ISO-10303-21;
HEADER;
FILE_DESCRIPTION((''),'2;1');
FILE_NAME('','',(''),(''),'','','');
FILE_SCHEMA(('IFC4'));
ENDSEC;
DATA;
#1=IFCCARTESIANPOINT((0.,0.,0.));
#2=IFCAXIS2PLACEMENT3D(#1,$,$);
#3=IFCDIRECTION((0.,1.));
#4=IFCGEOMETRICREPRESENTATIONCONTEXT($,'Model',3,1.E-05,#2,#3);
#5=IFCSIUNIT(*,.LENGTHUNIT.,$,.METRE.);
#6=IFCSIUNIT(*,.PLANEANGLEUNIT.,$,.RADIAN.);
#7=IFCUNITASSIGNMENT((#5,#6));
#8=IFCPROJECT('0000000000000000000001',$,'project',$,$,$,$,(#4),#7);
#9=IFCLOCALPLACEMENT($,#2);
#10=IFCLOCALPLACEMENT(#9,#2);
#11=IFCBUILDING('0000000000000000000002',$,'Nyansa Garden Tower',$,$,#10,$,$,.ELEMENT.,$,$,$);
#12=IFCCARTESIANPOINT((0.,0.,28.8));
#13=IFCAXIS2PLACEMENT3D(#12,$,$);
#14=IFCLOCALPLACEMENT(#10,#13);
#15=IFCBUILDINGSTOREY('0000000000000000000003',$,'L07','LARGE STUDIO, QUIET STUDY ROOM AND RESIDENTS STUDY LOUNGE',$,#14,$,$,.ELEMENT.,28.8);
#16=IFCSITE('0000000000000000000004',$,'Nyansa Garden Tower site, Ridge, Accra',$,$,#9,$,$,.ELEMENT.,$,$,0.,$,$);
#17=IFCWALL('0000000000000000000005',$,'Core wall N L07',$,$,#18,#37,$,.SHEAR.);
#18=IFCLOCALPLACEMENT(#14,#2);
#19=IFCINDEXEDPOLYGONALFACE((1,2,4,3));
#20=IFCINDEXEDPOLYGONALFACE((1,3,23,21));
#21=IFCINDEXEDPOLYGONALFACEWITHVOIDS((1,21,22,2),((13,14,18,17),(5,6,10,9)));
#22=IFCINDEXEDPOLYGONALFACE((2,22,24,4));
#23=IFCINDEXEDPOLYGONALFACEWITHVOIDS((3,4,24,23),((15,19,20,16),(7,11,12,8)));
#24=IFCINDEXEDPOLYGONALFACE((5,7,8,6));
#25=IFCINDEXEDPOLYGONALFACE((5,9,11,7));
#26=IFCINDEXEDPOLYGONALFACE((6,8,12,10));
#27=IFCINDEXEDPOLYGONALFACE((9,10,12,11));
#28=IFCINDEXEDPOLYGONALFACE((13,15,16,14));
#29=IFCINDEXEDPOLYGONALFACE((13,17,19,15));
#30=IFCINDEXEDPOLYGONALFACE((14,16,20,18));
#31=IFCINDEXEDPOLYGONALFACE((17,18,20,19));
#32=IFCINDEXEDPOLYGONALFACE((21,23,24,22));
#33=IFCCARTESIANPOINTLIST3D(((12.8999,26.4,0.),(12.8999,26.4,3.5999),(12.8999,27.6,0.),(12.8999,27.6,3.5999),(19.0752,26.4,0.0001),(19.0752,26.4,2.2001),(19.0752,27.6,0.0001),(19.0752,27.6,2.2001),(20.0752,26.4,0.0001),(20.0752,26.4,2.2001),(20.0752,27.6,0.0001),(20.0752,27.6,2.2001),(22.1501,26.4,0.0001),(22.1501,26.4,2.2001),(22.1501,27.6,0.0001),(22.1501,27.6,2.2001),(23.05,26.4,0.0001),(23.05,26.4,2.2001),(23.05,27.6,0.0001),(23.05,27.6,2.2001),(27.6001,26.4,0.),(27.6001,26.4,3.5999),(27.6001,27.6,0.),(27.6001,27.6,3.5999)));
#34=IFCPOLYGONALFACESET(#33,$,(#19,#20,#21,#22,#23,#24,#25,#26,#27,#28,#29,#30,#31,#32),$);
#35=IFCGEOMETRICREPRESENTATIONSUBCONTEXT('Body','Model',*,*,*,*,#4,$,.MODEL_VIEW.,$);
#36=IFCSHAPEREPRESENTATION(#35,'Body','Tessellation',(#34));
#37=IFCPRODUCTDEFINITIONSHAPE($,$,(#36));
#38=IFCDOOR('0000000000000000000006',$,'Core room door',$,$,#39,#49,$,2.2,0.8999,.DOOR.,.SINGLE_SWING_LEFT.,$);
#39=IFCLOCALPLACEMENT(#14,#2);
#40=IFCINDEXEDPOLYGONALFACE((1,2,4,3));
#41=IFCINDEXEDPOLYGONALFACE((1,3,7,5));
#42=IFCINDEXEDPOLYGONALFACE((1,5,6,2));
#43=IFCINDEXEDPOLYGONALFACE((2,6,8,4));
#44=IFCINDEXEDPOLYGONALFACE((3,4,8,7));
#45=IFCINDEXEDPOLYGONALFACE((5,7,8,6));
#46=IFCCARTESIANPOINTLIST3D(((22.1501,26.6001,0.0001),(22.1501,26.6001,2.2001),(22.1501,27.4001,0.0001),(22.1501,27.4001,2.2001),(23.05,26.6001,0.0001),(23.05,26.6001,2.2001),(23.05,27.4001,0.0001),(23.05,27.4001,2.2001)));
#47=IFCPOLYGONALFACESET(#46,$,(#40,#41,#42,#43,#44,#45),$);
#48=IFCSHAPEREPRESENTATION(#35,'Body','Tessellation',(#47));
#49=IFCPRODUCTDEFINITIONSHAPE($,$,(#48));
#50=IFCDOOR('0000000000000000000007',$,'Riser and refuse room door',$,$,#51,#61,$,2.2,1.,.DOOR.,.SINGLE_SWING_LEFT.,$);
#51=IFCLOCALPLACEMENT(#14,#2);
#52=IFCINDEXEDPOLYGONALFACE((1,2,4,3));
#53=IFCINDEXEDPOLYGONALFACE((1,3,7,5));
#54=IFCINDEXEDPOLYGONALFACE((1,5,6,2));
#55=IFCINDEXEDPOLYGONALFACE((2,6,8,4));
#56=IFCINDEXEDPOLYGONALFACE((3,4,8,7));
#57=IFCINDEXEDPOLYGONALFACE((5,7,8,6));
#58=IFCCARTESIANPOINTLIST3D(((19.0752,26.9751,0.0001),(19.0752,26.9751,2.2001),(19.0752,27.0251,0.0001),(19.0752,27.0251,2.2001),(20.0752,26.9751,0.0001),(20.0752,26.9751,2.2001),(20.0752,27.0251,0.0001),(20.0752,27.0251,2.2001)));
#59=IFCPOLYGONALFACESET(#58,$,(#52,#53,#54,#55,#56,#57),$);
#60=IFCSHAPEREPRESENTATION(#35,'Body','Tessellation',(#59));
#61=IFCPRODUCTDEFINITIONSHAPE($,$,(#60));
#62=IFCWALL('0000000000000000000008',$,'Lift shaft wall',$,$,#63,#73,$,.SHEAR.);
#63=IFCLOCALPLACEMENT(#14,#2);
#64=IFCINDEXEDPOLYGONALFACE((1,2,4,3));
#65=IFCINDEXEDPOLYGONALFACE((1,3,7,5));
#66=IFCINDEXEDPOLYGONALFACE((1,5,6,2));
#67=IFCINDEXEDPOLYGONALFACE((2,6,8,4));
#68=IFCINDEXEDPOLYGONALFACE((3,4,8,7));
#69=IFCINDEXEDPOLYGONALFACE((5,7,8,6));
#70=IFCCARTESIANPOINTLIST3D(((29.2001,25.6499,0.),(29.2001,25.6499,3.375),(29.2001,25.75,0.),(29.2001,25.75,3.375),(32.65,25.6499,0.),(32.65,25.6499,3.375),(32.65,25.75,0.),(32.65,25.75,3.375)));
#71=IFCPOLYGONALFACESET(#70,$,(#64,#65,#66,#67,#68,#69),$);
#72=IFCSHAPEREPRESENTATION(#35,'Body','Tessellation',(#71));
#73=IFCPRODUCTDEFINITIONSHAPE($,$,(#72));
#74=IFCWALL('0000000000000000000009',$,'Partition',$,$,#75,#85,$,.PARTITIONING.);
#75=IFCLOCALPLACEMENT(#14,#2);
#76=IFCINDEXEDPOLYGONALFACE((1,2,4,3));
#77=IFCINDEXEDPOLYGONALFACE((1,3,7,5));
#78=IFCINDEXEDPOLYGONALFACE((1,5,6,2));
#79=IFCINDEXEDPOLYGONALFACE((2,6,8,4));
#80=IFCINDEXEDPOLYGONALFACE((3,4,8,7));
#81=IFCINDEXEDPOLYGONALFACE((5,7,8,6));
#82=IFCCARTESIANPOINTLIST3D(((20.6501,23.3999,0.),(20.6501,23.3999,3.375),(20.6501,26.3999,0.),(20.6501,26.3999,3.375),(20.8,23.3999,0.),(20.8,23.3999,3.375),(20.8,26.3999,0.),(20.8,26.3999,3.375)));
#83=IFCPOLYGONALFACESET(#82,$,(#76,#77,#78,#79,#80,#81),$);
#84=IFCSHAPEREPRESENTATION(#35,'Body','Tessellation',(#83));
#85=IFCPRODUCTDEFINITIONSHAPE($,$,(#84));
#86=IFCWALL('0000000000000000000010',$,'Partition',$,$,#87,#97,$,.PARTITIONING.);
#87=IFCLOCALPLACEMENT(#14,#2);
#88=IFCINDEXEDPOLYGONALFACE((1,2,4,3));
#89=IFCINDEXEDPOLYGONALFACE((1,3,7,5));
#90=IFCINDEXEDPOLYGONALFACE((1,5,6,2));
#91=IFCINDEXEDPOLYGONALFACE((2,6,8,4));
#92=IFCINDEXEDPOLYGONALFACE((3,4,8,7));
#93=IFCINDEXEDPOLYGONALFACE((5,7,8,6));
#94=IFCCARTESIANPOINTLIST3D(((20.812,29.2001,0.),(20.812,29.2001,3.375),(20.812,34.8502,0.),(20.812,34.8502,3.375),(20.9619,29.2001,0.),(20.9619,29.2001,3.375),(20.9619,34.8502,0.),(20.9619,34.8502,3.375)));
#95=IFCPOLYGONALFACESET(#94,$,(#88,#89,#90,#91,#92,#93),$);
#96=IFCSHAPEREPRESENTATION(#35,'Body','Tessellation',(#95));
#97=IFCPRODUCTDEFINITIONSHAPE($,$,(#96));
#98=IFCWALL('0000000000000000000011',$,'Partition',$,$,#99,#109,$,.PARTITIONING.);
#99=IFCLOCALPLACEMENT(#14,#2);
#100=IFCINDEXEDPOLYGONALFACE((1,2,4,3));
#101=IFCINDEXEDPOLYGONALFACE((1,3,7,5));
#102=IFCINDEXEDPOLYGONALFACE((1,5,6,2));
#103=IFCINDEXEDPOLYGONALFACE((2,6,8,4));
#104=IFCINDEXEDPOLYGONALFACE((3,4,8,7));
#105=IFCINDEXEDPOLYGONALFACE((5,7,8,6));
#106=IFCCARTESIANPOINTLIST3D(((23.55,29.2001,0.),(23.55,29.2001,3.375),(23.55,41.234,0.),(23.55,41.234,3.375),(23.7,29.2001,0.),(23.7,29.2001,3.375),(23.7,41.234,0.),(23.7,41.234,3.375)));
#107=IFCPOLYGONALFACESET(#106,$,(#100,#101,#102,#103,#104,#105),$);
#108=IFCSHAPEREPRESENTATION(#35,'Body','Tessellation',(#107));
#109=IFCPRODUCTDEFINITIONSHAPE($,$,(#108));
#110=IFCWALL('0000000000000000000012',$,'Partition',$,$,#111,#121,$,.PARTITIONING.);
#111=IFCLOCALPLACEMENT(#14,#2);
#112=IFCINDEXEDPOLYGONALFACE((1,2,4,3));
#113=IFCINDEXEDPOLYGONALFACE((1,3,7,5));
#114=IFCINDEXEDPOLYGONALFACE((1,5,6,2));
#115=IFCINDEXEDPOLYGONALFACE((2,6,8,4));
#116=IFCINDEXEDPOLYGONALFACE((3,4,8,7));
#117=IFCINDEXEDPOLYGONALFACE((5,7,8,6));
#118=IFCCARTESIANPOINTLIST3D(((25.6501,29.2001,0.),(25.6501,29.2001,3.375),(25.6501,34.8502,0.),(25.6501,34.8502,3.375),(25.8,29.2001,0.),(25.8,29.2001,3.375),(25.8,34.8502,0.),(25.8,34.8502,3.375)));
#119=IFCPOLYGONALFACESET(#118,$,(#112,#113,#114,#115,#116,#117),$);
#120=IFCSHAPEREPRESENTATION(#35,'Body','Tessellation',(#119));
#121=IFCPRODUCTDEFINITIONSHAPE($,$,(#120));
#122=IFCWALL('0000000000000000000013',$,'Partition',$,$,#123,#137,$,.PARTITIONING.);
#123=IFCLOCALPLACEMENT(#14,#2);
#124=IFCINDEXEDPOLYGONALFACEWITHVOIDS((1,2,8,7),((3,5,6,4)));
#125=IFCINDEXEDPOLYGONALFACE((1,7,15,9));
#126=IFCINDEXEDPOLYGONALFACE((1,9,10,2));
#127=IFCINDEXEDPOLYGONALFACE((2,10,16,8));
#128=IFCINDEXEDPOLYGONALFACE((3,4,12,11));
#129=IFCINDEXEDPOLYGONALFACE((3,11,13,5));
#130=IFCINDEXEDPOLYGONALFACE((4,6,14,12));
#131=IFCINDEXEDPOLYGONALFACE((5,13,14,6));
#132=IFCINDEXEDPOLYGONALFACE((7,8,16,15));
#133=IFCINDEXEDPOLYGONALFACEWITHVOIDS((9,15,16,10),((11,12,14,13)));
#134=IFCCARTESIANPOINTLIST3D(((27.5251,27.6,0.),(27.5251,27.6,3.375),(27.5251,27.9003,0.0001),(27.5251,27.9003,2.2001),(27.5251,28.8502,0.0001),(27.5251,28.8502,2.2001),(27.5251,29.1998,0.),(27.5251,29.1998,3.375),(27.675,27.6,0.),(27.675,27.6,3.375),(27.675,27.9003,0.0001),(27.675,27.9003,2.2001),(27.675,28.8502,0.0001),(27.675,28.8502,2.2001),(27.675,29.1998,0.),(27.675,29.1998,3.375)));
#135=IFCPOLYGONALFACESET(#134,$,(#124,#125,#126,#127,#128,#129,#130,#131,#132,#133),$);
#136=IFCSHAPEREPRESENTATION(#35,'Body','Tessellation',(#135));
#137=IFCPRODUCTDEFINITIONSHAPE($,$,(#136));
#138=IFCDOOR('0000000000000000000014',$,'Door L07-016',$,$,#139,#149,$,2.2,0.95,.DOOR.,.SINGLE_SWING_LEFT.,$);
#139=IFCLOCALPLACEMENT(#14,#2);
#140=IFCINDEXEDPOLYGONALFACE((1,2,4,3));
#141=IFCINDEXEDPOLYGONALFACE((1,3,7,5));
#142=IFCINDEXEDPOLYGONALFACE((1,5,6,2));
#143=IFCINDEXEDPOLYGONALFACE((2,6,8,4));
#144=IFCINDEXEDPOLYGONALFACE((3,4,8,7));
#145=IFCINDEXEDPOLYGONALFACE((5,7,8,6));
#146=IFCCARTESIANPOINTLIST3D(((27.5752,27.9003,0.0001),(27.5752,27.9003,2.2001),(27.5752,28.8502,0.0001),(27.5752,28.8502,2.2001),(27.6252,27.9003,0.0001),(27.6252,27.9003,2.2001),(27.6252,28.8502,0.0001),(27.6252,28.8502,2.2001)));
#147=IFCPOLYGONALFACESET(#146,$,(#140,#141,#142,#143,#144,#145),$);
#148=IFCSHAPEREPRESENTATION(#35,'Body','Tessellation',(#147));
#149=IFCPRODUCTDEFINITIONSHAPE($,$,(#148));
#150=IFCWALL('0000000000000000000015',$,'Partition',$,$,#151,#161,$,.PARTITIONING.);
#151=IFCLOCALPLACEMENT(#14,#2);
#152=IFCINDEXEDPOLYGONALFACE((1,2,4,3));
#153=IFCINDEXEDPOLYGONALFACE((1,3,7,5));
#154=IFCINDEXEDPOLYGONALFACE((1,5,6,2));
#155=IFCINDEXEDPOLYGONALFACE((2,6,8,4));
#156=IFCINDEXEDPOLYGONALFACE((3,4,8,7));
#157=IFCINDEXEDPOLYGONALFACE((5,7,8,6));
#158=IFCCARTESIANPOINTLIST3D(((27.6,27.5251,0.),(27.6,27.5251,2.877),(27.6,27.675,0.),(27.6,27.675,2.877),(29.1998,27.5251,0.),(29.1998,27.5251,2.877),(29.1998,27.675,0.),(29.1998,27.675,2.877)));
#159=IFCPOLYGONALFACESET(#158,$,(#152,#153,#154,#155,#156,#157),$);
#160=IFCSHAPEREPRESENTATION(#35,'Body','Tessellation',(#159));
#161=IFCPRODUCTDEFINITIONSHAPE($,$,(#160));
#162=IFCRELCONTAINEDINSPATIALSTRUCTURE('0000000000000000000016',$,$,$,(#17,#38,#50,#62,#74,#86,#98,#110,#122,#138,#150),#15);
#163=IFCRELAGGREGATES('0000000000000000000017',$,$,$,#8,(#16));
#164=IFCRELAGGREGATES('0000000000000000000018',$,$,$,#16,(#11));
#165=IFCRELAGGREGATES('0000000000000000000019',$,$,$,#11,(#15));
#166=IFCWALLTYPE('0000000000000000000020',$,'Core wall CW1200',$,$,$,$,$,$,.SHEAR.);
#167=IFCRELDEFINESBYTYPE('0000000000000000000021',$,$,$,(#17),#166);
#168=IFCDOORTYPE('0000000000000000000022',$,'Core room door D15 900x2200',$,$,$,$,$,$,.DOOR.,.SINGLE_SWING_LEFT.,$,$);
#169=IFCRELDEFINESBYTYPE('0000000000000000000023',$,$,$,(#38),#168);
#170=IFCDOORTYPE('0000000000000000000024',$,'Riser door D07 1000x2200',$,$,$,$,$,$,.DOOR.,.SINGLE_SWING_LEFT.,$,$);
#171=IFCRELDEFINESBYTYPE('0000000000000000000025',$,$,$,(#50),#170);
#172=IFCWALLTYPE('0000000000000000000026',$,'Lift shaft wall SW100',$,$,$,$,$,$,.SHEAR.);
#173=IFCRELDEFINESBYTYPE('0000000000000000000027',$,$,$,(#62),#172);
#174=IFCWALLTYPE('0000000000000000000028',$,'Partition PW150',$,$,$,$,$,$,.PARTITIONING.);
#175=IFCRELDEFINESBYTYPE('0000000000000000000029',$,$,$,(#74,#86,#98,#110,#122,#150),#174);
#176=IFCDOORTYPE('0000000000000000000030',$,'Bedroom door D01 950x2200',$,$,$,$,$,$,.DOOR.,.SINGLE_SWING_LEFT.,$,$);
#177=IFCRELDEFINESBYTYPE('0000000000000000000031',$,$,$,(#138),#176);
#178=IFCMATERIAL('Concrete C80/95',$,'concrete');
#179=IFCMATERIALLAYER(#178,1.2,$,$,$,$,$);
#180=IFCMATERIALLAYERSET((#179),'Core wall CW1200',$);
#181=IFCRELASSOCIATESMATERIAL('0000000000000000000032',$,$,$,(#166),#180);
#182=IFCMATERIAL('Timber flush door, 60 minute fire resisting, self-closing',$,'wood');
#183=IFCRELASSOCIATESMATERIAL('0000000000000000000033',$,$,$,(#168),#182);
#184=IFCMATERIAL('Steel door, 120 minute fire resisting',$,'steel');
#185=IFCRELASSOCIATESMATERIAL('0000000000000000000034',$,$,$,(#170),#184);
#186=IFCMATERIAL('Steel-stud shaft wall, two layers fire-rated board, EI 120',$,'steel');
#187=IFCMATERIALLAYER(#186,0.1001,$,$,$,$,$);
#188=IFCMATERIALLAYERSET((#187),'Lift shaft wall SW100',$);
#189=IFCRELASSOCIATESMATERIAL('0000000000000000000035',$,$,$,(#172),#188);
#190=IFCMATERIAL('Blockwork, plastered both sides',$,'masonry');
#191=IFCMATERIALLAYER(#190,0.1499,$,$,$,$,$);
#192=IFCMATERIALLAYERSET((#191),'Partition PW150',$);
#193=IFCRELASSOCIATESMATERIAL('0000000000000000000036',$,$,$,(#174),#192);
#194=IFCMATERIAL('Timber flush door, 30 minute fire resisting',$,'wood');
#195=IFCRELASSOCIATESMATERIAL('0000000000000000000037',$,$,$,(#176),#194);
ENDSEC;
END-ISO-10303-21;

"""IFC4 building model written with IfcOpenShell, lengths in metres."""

from ifc_helpers import new_model, si_unit, direction, frame, frame_2d, origin, place, context, subcontext, project, spatial, rectangle, extrude, material, layer, layer_set, type_object, element, fill, save


model = new_model("IFC4")

# Units and contexts
model_context = context("Model", 3, precision=1e-05, world=origin(), true_north=direction((0.0, 1.0)))
body_context = subcontext(model_context, "Body", "Model", "MODEL_VIEW")
ifc_project = project(units=[si_unit("LENGTHUNIT", "METRE"), si_unit("PLANEANGLEUNIT", "RADIAN")], contexts=[model_context])

# Site, building, storey
site_placement = place(None, origin())
site = spatial("IfcSite", under=ifc_project, at=site_placement, Name="Nyansa Garden Tower site, Ridge, Accra", CompositionType="ELEMENT", RefElevation=0.0)
building_placement = place(site_placement, origin())
building = spatial("IfcBuilding", under=site, at=building_placement, Name="Nyansa Garden Tower", CompositionType="ELEMENT")
storey_placement = place(building_placement, frame((0.0, 0.0, 28.8)))
storey = spatial("IfcBuildingStorey", under=building, at=storey_placement, Name="L07", Description="LARGE STUDIO, QUIET STUDY ROOM AND RESIDENTS STUDY LOUNGE", CompositionType="ELEMENT", Elevation=28.8)

# Wall, openings, doors
ifc_material_1 = material(Name="Concrete C80/95", Category="concrete")
ifc_layer_1 = layer(ifc_material_1, 1.2)
ifc_layer_set_1 = layer_set([ifc_layer_1], Name="Core wall CW1200")
wall_type_1 = type_object("IfcWallType", Name="Core wall CW1200", PredefinedType="SHEAR", material=ifc_layer_set_1)
wall_1_placement = place(storey_placement, frame((27.6001, 27.0, 0.0), z_axis=(0.0, 0.0, 1.0), x_axis=(-1.0, 0.0, 0.0)))
wall_1 = element("IfcWall", 1, at=wall_1_placement, inside=storey, type_object=wall_type_1, Name="Core wall N L07", PredefinedType="SHEAR", context=body_context, shape_type="SweptSolid", body=[
    extrude(rectangle(XDim=14.7002, YDim=1.2, at=frame_2d((7.3501, 0.0))), origin(), (0.0, 0.0, 1.0), 3.5999),
])
opening_1_placement = place(wall_1_placement, frame((4.55, 0.0, 0.0)))
opening_1 = element("IfcOpeningElement", 2, at=opening_1_placement, cuts=wall_1, PredefinedType="OPENING", context=body_context, shape_type="SweptSolid", body=[
    extrude(rectangle(XDim=0.8999, YDim=2.2, at=frame_2d((0.45, 1.1001))), frame((0.0, 0.6099, 0.0), z_axis=(0.0, -1.0, 0.0), x_axis=(1.0, 0.0, 0.0)), (0.0, 0.0, 1.0), 1.22),
])
opening_2_placement = place(wall_1_placement, frame((7.5249, 0.0, 0.0)))
opening_2 = element("IfcOpeningElement", 3, at=opening_2_placement, cuts=wall_1, PredefinedType="OPENING", context=body_context, shape_type="SweptSolid", body=[
    extrude(rectangle(XDim=1.0, YDim=2.2, at=frame_2d((0.5, 1.1001))), frame((0.0, 0.6099, 0.0), z_axis=(0.0, -1.0, 0.0), x_axis=(1.0, 0.0, 0.0)), (0.0, 0.0, 1.0), 1.22),
])
ifc_material_2 = material(Name="Timber flush door, 60 minute fire resisting, self-closing", Category="wood")
door_type_1 = type_object("IfcDoorType", Name="Core room door D15 900x2200", OperationType="SINGLE_SWING_LEFT", PredefinedType="DOOR", material=ifc_material_2)
door_1_placement = place(opening_1_placement, origin())
door_1 = element("IfcDoor", 4, at=door_1_placement, inside=storey, type_object=door_type_1, Name="Core room door", OperationType="SINGLE_SWING_LEFT", OverallHeight=2.2, OverallWidth=0.8999, PredefinedType="DOOR", context=body_context, shape_type="SweptSolid", body=[
    extrude(rectangle(XDim=0.8999, YDim=2.2, at=frame_2d((0.45, 1.1001))), frame((0.0, 0.3999, 0.0), z_axis=(0.0, -1.0, 0.0), x_axis=(1.0, 0.0, 0.0)), (0.0, 0.0, 1.0), 0.8),
])
fill(opening_1, door_1)
ifc_material_3 = material(Name="Steel door, 120 minute fire resisting", Category="steel")
door_type_2 = type_object("IfcDoorType", Name="Riser door D07 1000x2200", OperationType="SINGLE_SWING_LEFT", PredefinedType="DOOR", material=ifc_material_3)
door_2_placement = place(opening_2_placement, origin())
door_2 = element("IfcDoor", 5, at=door_2_placement, inside=storey, type_object=door_type_2, Name="Riser and refuse room door", OperationType="SINGLE_SWING_LEFT", OverallHeight=2.2, OverallWidth=1.0, PredefinedType="DOOR", context=body_context, shape_type="SweptSolid", body=[
    extrude(rectangle(XDim=1.0, YDim=2.2, at=frame_2d((0.5, 1.1001))), frame((0.0, 0.0249, 0.0), z_axis=(0.0, -1.0, 0.0), x_axis=(1.0, 0.0, 0.0)), (0.0, 0.0, 1.0), 0.05),
])
fill(opening_2, door_2)

# Walls
ifc_material_4 = material(Name="Steel-stud shaft wall, two layers fire-rated board, EI 120", Category="steel")
ifc_layer_2 = layer(ifc_material_4, 0.1001)
ifc_layer_set_2 = layer_set([ifc_layer_2], Name="Lift shaft wall SW100")
wall_type_2 = type_object("IfcWallType", Name="Lift shaft wall SW100", PredefinedType="SHEAR", material=ifc_layer_set_2)
wall_2_placement = place(storey_placement, frame((29.2, 25.7, 0.0), z_axis=(0.0, 0.0, 1.0), x_axis=(1.0, 0.0, 0.0)))
element("IfcWall", 6, at=wall_2_placement, inside=storey, type_object=wall_type_2, Name="Lift shaft wall", PredefinedType="SHEAR", context=body_context, shape_type="SweptSolid", body=[
    extrude(rectangle(XDim=3.45, YDim=0.1001, at=frame_2d((1.7251, 0.0))), origin(), (0.0, 0.0, 1.0), 3.375),
])
ifc_material_5 = material(Name="Blockwork, plastered both sides", Category="masonry")
ifc_layer_3 = layer(ifc_material_5, 0.1499)
ifc_layer_set_3 = layer_set([ifc_layer_3], Name="Partition PW150")
wall_type_3 = type_object("IfcWallType", Name="Partition PW150", PredefinedType="PARTITIONING", material=ifc_layer_set_3)
wall_3_placement = place(storey_placement, frame((20.7251, 23.3999, 0.0), z_axis=(0.0, 0.0, 1.0), x_axis=(0.0, 1.0, 0.0)))
element("IfcWall", 7, at=wall_3_placement, inside=storey, type_object=wall_type_3, Name="Partition", PredefinedType="PARTITIONING", context=body_context, shape_type="SweptSolid", body=[
    extrude(rectangle(XDim=3.0, YDim=0.1499, at=frame_2d((1.5, 0.0))), origin(), (0.0, 0.0, 1.0), 3.375),
])
wall_4_placement = place(storey_placement, frame((20.887, 29.2, 0.0), z_axis=(0.0, 0.0, 1.0), x_axis=(0.0, 1.0, 0.0)))
element("IfcWall", 8, at=wall_4_placement, inside=storey, type_object=wall_type_3, Name="Partition", PredefinedType="PARTITIONING", context=body_context, shape_type="SweptSolid", body=[
    extrude(rectangle(XDim=5.6501, YDim=0.1499, at=frame_2d((2.8252, 0.0))), origin(), (0.0, 0.0, 1.0), 3.375),
])
wall_5_placement = place(storey_placement, frame((23.625, 29.2, 0.0), z_axis=(0.0, 0.0, 1.0), x_axis=(0.0, 1.0, 0.0)))
element("IfcWall", 9, at=wall_5_placement, inside=storey, type_object=wall_type_3, Name="Partition", PredefinedType="PARTITIONING", context=body_context, shape_type="SweptSolid", body=[
    extrude(rectangle(XDim=12.0339, YDim=0.1499, at=frame_2d((6.0171, 0.0))), origin(), (0.0, 0.0, 1.0), 3.375),
])
wall_6_placement = place(storey_placement, frame((25.7251, 29.2, 0.0), z_axis=(0.0, 0.0, 1.0), x_axis=(0.0, 1.0, 0.0)))
element("IfcWall", 10, at=wall_6_placement, inside=storey, type_object=wall_type_3, Name="Partition", PredefinedType="PARTITIONING", context=body_context, shape_type="SweptSolid", body=[
    extrude(rectangle(XDim=5.6501, YDim=0.1499, at=frame_2d((2.8252, 0.0))), origin(), (0.0, 0.0, 1.0), 3.375),
])

# Wall, opening, door
wall_7_placement = place(storey_placement, frame((27.6001, 27.6001, 0.0), z_axis=(0.0, 0.0, 1.0), x_axis=(0.0, 1.0, 0.0)))
wall_7 = element("IfcWall", 11, at=wall_7_placement, inside=storey, type_object=wall_type_3, Name="Partition", PredefinedType="PARTITIONING", context=body_context, shape_type="SweptSolid", body=[
    extrude(rectangle(XDim=1.5999, YDim=0.1499, at=frame_2d((0.7998, 0.0))), origin(), (0.0, 0.0, 1.0), 3.375),
])
opening_3_placement = place(wall_7_placement, frame((0.3, 0.0, 0.0)))
opening_3 = element("IfcOpeningElement", 12, at=opening_3_placement, cuts=wall_7, PredefinedType="OPENING", context=body_context, shape_type="SweptSolid", body=[
    extrude(rectangle(XDim=0.95, YDim=2.2, at=frame_2d((0.4751, 1.1001))), frame((0.0, 0.085, 0.0), z_axis=(0.0, -1.0, 0.0), x_axis=(1.0, 0.0, 0.0)), (0.0, 0.0, 1.0), 0.1699),
])
ifc_material_6 = material(Name="Timber flush door, 30 minute fire resisting", Category="wood")
door_type_3 = type_object("IfcDoorType", Name="Bedroom door D01 950x2200", OperationType="SINGLE_SWING_LEFT", PredefinedType="DOOR", material=ifc_material_6)
door_3_placement = place(opening_3_placement, origin())
door_3 = element("IfcDoor", 13, at=door_3_placement, inside=storey, type_object=door_type_3, Name="Door L07-016", OperationType="SINGLE_SWING_LEFT", OverallHeight=2.2, OverallWidth=0.95, PredefinedType="DOOR", context=body_context, shape_type="SweptSolid", body=[
    extrude(rectangle(XDim=0.95, YDim=2.2, at=frame_2d((0.4751, 1.1001))), frame((0.0, 0.0249, 0.0), z_axis=(0.0, -1.0, 0.0), x_axis=(1.0, 0.0, 0.0)), (0.0, 0.0, 1.0), 0.05),
])
fill(opening_3, door_3)

# Wall
wall_8_placement = place(storey_placement, frame((27.6001, 27.6001, 0.0), z_axis=(0.0, 0.0, 1.0), x_axis=(1.0, 0.0, 0.0)))
element("IfcWall", 14, at=wall_8_placement, inside=storey, type_object=wall_type_3, Name="Partition", PredefinedType="PARTITIONING", context=body_context, shape_type="SweptSolid", body=[
    extrude(rectangle(XDim=1.5999, YDim=0.1499, at=frame_2d((0.7998, 0.0))), origin(), (0.0, 0.0, 1.0), 2.877),
])

save(model, "model.ifc")
